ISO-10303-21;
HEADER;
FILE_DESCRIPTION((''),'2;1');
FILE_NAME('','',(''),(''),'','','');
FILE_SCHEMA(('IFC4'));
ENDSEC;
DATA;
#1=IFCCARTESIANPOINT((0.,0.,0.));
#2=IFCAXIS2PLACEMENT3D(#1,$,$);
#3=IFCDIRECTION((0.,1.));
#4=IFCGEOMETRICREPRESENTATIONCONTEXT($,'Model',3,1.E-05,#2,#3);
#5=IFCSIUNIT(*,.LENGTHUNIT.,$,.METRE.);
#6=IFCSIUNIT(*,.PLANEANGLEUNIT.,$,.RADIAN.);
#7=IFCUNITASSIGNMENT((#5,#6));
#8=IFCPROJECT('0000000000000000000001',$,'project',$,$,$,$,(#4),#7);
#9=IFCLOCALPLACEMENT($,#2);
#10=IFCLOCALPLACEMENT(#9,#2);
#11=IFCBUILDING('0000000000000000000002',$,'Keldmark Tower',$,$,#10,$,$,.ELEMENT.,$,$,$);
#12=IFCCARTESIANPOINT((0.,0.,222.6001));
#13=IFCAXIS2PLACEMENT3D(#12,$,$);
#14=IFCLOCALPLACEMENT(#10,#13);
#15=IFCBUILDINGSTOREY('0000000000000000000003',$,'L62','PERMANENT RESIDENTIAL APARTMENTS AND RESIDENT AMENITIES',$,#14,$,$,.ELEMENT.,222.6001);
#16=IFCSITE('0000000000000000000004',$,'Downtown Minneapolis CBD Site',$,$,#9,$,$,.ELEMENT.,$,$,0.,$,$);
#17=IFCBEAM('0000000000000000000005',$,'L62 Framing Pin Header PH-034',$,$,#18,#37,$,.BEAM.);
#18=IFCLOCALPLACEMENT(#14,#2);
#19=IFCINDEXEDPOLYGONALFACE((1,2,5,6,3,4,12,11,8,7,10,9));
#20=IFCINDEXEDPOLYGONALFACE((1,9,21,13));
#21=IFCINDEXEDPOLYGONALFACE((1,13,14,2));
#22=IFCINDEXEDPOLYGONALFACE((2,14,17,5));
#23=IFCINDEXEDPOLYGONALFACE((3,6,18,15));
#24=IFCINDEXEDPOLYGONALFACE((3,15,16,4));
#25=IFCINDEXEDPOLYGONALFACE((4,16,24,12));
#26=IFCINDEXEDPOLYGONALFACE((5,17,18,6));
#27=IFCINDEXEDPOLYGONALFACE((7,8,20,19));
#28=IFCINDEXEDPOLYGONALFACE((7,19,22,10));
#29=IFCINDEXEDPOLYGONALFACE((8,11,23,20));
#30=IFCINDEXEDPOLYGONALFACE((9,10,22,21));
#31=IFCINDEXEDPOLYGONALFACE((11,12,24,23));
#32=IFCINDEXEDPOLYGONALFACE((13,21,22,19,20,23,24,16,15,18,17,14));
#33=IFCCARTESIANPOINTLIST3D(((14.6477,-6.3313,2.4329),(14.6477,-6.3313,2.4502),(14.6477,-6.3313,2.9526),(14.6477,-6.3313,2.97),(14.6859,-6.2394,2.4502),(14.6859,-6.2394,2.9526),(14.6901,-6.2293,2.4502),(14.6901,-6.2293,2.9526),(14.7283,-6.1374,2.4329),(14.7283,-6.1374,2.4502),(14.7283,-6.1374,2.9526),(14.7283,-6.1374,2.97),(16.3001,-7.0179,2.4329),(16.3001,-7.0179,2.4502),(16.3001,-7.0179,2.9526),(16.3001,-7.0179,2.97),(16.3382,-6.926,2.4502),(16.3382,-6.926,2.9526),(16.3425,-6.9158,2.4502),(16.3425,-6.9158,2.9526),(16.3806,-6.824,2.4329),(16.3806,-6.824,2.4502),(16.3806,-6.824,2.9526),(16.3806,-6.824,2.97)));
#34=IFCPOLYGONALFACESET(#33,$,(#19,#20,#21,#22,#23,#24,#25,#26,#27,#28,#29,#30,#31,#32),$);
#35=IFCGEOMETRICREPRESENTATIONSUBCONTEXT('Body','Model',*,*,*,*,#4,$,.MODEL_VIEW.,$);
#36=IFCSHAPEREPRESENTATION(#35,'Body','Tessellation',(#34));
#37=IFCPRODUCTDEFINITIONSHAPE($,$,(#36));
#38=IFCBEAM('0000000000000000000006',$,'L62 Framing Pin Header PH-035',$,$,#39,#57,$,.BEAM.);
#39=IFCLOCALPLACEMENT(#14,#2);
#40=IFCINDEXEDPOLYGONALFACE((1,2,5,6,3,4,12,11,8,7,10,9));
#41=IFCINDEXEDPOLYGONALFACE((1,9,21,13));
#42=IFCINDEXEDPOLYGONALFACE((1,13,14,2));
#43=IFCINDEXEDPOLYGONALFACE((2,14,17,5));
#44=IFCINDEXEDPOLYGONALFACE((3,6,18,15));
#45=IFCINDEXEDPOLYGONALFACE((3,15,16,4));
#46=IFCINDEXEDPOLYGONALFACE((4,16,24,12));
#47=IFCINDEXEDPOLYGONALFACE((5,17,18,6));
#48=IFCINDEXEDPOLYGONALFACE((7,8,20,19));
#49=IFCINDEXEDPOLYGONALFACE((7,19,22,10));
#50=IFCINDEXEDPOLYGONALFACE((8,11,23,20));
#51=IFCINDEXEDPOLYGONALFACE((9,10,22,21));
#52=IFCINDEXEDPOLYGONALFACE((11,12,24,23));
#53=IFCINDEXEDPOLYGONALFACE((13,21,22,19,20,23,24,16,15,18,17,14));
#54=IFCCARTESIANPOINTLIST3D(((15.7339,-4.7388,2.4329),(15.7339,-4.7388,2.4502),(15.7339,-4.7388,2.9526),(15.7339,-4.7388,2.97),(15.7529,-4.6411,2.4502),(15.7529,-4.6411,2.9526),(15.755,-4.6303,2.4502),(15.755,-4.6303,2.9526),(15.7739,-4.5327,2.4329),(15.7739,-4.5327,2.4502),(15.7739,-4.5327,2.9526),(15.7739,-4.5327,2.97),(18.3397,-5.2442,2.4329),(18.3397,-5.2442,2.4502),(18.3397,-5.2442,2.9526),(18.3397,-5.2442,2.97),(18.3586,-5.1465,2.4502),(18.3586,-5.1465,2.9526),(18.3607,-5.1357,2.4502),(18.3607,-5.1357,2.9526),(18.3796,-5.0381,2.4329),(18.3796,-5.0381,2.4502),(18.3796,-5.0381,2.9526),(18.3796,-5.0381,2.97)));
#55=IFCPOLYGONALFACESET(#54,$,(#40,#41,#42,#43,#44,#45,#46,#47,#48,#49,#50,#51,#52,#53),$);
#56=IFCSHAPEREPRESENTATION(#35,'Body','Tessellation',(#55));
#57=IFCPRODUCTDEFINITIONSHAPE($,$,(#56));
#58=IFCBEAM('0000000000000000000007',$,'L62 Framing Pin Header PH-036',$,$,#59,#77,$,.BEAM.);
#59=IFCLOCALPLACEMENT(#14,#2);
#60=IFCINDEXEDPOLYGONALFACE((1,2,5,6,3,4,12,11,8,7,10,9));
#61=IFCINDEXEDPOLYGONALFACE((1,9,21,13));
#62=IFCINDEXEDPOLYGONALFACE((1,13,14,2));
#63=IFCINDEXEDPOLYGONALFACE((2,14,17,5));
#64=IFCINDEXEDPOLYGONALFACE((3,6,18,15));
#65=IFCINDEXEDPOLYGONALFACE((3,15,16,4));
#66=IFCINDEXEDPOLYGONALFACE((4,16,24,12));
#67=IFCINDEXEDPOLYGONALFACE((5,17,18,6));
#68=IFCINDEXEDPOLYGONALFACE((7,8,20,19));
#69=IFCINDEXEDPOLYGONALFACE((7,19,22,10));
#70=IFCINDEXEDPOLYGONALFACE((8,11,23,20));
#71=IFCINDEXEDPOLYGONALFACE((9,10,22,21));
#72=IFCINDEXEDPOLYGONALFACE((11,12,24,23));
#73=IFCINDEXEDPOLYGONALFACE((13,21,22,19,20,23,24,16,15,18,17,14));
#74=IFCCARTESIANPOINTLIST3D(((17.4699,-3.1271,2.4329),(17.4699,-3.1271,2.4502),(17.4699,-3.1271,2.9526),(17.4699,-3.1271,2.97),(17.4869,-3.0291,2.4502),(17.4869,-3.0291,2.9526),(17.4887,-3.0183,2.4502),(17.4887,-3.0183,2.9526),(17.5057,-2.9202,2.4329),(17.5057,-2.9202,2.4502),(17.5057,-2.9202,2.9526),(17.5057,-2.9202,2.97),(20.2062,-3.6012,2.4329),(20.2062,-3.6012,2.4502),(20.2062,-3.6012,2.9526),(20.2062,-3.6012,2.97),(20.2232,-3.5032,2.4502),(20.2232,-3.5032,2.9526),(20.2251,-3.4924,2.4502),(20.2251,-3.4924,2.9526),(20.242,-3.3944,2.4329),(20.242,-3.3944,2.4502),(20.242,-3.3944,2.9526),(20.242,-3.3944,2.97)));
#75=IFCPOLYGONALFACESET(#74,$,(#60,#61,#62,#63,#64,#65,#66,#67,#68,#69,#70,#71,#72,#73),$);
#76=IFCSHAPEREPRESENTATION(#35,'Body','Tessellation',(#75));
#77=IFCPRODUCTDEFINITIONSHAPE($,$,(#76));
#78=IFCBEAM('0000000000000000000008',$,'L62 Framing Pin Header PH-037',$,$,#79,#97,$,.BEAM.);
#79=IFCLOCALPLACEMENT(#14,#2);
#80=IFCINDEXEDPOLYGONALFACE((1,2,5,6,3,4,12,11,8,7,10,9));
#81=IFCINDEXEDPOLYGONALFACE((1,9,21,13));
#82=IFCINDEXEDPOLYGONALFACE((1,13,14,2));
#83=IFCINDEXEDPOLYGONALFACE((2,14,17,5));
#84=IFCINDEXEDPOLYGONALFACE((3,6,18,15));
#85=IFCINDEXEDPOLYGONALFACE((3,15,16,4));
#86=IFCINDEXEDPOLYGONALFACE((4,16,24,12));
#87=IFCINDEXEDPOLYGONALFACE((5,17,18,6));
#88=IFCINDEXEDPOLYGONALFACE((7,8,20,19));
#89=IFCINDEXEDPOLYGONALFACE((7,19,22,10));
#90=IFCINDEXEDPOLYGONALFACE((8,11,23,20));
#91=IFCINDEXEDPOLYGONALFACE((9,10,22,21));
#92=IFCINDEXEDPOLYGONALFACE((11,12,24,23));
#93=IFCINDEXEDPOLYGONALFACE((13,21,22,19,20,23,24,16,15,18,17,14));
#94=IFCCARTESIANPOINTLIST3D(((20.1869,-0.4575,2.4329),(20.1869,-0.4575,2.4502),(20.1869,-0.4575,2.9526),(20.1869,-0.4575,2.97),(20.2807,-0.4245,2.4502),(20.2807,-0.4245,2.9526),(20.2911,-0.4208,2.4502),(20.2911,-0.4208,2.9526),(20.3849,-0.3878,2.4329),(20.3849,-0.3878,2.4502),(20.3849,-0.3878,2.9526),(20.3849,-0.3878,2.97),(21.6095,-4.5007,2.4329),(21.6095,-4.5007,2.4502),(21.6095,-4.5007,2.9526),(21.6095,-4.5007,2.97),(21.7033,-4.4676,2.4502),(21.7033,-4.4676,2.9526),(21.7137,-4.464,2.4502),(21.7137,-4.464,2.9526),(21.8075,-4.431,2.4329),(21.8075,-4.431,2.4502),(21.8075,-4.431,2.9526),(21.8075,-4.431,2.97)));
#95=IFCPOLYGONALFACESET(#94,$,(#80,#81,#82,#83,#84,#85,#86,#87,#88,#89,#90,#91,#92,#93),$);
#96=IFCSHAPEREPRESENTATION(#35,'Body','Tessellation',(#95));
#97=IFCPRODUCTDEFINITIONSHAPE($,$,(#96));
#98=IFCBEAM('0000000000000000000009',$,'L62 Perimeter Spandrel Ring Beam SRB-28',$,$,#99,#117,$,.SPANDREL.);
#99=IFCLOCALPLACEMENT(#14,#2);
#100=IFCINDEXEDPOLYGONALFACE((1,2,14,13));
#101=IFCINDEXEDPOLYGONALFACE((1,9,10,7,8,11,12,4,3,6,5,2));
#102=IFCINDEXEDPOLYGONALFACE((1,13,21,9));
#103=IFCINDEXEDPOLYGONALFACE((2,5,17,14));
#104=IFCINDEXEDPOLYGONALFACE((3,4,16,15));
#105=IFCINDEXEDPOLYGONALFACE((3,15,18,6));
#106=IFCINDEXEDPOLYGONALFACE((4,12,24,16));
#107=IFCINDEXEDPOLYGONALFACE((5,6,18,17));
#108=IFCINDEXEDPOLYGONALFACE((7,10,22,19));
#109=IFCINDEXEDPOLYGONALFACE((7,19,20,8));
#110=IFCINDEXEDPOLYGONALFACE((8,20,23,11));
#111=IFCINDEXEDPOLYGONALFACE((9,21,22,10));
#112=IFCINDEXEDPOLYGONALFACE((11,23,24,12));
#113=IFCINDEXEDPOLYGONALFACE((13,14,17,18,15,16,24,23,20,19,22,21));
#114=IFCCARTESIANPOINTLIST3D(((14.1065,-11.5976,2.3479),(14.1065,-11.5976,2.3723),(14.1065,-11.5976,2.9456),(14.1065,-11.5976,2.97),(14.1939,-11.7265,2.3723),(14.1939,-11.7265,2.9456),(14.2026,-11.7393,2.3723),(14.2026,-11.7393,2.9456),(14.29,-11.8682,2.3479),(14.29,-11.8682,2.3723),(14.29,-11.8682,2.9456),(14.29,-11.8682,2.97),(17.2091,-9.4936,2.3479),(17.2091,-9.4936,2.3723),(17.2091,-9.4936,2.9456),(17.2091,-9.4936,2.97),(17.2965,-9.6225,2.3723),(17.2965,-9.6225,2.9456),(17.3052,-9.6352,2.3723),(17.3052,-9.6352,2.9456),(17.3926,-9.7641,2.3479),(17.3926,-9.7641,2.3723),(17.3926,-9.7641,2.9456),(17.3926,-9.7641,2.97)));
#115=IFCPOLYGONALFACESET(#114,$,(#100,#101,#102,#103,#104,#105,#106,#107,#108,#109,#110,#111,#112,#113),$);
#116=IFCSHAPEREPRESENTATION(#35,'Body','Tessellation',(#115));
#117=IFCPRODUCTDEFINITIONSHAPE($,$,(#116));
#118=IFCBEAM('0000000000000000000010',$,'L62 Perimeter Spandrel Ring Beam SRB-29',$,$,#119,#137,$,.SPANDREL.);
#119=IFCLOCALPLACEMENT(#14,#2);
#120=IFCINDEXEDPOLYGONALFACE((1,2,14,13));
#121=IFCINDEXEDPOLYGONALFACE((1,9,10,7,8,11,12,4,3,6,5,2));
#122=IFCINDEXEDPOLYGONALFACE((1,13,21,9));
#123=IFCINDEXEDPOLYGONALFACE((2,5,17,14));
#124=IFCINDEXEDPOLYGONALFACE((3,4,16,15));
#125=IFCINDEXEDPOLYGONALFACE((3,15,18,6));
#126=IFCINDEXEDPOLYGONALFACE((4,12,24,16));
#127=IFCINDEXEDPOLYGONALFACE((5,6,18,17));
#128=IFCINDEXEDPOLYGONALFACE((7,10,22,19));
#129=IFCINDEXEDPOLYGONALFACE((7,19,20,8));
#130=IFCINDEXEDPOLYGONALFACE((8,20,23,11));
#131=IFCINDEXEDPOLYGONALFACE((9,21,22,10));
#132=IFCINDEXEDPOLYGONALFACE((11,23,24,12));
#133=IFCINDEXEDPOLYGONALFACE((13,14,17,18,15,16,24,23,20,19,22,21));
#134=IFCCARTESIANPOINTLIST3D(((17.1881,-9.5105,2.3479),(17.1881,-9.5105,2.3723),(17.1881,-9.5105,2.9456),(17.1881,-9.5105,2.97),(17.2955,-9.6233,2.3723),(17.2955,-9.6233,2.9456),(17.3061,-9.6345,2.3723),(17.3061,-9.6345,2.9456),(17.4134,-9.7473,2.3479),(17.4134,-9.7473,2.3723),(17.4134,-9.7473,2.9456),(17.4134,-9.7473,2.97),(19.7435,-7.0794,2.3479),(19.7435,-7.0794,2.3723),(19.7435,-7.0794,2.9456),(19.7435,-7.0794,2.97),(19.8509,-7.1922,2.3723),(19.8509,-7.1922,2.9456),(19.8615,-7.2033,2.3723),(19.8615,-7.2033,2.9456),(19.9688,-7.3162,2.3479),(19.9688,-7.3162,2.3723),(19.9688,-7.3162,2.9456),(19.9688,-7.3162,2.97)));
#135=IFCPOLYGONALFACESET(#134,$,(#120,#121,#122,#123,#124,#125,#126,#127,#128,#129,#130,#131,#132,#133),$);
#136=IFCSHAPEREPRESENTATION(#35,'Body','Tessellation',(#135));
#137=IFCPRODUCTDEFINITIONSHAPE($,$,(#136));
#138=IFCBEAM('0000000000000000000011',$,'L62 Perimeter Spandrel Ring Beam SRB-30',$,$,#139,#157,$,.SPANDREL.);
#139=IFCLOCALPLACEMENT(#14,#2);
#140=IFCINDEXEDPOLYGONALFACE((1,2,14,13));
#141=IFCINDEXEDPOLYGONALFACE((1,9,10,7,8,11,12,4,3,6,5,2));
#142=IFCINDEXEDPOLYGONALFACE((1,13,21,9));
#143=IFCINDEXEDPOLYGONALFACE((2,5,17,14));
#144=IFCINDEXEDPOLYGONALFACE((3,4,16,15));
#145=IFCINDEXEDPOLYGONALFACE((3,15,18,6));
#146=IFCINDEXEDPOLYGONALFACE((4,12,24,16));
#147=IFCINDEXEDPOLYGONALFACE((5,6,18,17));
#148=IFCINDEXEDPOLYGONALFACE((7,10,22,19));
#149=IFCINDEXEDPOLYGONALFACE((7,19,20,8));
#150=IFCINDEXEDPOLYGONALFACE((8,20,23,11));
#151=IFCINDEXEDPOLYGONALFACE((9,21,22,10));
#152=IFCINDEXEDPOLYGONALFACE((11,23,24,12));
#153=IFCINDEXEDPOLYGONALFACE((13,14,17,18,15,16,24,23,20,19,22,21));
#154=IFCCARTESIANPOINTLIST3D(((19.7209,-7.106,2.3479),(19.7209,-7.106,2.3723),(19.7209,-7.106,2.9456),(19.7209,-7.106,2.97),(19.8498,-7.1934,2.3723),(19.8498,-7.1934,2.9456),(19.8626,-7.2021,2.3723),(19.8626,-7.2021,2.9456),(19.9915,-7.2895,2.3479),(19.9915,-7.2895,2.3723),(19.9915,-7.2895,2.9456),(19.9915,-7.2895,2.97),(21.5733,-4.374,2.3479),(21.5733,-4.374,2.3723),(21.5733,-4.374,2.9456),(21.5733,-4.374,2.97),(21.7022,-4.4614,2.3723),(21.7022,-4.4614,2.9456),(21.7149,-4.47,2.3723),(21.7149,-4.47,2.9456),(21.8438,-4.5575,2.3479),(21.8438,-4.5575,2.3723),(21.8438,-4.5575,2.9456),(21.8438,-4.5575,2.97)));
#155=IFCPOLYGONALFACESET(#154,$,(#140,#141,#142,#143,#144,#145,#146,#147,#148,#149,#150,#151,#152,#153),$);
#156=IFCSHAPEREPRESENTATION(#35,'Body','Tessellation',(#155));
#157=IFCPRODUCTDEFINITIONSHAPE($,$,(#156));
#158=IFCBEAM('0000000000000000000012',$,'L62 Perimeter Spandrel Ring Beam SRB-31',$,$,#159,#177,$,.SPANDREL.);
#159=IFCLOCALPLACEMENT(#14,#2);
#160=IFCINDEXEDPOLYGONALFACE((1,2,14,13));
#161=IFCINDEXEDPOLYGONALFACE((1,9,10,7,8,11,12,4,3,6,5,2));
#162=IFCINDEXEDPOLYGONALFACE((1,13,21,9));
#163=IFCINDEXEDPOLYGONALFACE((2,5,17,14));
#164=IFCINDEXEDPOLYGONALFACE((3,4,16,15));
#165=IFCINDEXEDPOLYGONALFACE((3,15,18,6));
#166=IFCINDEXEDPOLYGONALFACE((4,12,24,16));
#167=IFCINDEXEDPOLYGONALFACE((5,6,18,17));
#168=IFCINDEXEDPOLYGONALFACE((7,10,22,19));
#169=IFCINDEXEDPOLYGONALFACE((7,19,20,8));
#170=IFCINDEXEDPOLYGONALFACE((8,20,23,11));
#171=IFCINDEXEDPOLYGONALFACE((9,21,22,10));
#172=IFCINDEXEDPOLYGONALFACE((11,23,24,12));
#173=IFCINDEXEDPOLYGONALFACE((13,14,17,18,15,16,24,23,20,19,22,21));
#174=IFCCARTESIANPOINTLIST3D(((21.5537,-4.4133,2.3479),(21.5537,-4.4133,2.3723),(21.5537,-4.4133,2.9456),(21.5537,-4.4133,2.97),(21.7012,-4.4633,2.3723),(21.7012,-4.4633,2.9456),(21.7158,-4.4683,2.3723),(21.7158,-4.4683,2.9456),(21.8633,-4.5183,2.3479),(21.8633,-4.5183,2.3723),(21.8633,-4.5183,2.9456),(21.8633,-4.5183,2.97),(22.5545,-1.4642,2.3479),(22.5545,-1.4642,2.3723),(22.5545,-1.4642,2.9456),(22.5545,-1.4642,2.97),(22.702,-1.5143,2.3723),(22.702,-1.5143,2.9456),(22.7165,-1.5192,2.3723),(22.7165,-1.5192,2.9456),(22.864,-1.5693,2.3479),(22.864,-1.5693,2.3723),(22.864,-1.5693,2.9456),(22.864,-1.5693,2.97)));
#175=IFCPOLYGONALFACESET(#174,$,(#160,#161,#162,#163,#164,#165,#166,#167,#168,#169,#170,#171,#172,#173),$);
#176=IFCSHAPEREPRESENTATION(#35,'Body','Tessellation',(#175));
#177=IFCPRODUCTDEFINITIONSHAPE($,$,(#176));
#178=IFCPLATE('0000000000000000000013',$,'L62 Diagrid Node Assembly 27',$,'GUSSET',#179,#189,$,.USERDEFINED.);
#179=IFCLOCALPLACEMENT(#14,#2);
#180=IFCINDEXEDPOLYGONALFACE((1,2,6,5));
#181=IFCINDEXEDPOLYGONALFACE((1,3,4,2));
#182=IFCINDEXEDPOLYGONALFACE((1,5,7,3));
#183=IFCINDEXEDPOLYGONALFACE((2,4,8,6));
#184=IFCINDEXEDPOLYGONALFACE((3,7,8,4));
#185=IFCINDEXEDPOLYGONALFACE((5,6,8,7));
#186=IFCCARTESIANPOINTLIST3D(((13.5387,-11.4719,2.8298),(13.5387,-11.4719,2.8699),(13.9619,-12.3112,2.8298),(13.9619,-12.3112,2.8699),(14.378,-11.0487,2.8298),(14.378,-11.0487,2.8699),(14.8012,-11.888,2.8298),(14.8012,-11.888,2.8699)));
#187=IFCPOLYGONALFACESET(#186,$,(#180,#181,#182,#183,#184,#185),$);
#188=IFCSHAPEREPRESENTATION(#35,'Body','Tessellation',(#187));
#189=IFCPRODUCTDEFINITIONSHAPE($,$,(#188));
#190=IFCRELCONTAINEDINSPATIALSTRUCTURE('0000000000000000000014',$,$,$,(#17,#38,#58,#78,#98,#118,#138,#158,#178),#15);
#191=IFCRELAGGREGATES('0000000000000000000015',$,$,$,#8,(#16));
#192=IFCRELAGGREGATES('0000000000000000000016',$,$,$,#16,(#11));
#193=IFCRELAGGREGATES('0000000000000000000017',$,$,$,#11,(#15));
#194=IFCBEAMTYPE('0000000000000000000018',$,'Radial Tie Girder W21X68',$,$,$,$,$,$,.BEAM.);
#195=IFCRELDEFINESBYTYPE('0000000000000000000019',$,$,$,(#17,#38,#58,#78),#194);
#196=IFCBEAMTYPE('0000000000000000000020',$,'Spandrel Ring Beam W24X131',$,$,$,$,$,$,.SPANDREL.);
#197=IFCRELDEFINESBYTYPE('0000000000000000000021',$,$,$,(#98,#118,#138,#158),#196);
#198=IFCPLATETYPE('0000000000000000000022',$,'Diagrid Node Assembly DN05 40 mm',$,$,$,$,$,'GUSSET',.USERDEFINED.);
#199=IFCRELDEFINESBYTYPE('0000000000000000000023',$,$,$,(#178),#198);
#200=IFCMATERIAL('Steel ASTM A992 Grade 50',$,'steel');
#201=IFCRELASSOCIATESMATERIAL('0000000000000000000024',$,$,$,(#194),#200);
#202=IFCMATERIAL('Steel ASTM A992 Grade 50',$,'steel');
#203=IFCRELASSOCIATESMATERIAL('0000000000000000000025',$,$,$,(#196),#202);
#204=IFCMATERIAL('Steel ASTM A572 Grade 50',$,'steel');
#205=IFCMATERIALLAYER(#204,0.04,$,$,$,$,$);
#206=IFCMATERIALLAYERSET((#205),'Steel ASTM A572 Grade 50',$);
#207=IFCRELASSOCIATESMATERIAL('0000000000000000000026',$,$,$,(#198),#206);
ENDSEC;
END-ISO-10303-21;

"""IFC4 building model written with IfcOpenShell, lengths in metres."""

from ifc_helpers import new_model, si_unit, direction, frame, origin, origin_2d, place, context, subcontext, project, spatial, rectangle, i_section, extrude, material, layer, layer_set, material_profile, profile_set, type_object, element, save


model = new_model("IFC4")

# Units and contexts
model_context = context("Model", 3, precision=1e-05, world=origin(), true_north=direction((0.0, 1.0)))
body_context = subcontext(model_context, "Body", "Model", "MODEL_VIEW")
ifc_project = project(units=[si_unit("LENGTHUNIT", "METRE"), si_unit("PLANEANGLEUNIT", "RADIAN")], contexts=[model_context])

# Site, building, storey
site_placement = place(None, origin())
site = spatial("IfcSite", under=ifc_project, at=site_placement, Name="Downtown Minneapolis CBD Site", CompositionType="ELEMENT", RefElevation=0.0)
building_placement = place(site_placement, origin())
building = spatial("IfcBuilding", under=site, at=building_placement, Name="Keldmark Tower", CompositionType="ELEMENT")
storey_placement = place(building_placement, frame((0.0, 0.0, 222.6001)))
storey = spatial("IfcBuildingStorey", under=building, at=storey_placement, Name="L62", Description="PERMANENT RESIDENTIAL APARTMENTS AND RESIDENT AMENITIES", CompositionType="ELEMENT", Elevation=222.6001)

# Beams
ifc_material_1 = material(Name="Steel ASTM A992 Grade 50", Category="steel")
ifc_material_profile_1 = material_profile(ifc_material_1, i_section(OverallWidth=0.21, OverallDepth=0.5371, WebThickness=0.011, FlangeThickness=0.0173, at=origin_2d()), Name="W21X68")
ifc_profile_set_1 = profile_set([ifc_material_profile_1], Name="Steel ASTM A992 Grade 50")
beam_type_1 = type_object("IfcBeamType", Name="Radial Tie Girder W21X68", PredefinedType="BEAM", material=ifc_profile_set_1)
beam_1_placement = place(storey_placement, frame((14.688, -6.2344, 2.7014), z_axis=(0.923464, -0.383685, 0.0), x_axis=(0.383685, 0.923464, 0.0)))
element("IfcBeam", 1, at=beam_1_placement, inside=storey, type_object=beam_type_1, Name="L62 Framing Pin Header PH-034", PredefinedType="BEAM", context=body_context, shape_type="SweptSolid", body=[
    extrude(i_section(OverallWidth=0.21, OverallDepth=0.5371, WebThickness=0.011, FlangeThickness=0.0173, at=origin_2d()), origin(), (0.0, 0.0, 1.0), 1.7893),
])
beam_2_placement = place(storey_placement, frame((15.7539, -4.6357, 2.7014), z_axis=(0.981707, -0.190399, 0.0), x_axis=(0.190399, 0.981707, 0.0)))
element("IfcBeam", 2, at=beam_2_placement, inside=storey, type_object=beam_type_1, Name="L62 Framing Pin Header PH-035", PredefinedType="BEAM", context=body_context, shape_type="SweptSolid", body=[
    extrude(i_section(OverallWidth=0.21, OverallDepth=0.5371, WebThickness=0.011, FlangeThickness=0.0173, at=origin_2d()), origin(), (0.0, 0.0, 1.0), 2.6543),
])
beam_3_placement = place(storey_placement, frame((17.4878, -3.0237, 2.7014), z_axis=(0.985319, -0.170725, 0.0), x_axis=(0.170725, 0.985319, 0.0)))
element("IfcBeam", 3, at=beam_3_placement, inside=storey, type_object=beam_type_1, Name="L62 Framing Pin Header PH-036", PredefinedType="BEAM", context=body_context, shape_type="SweptSolid", body=[
    extrude(i_section(OverallWidth=0.21, OverallDepth=0.5371, WebThickness=0.011, FlangeThickness=0.0173, at=origin_2d()), origin(), (0.0, 0.0, 1.0), 2.7771),
])
beam_4_placement = place(storey_placement, frame((21.7085, -4.4658, 2.7014), z_axis=(-0.331905, 0.943313, 0.0), x_axis=(-0.943313, -0.331905, 0.0)))
element("IfcBeam", 4, at=beam_4_placement, inside=storey, type_object=beam_type_1, Name="L62 Framing Pin Header PH-037", PredefinedType="BEAM", context=body_context, shape_type="SweptSolid", body=[
    extrude(i_section(OverallWidth=0.21, OverallDepth=0.5371, WebThickness=0.011, FlangeThickness=0.0173, at=origin_2d()), origin(), (0.0, 0.0, 1.0), 4.2861),
])
ifc_material_2 = material(Name="Steel ASTM A992 Grade 50", Category="steel")
ifc_material_profile_2 = material_profile(ifc_material_2, i_section(OverallWidth=0.3269, OverallDepth=0.6221, WebThickness=0.0154, FlangeThickness=0.0244, at=origin_2d()), Name="W24X131")
ifc_profile_set_2 = profile_set([ifc_material_profile_2], Name="Steel ASTM A992 Grade 50")
beam_type_2 = type_object("IfcBeamType", Name="Spandrel Ring Beam W24X131", PredefinedType="SPANDREL", material=ifc_profile_set_2)
beam_5_placement = place(storey_placement, frame((14.1982, -11.7329, 2.6589), z_axis=(0.827636, 0.561266, 0.0), x_axis=(-0.561266, 0.827636, 0.0)))
element("IfcBeam", 5, at=beam_5_placement, inside=storey, type_object=beam_type_2, Name="L62 Perimeter Spandrel Ring Beam SRB-28", PredefinedType="SPANDREL", context=body_context, shape_type="SweptSolid", body=[
    extrude(i_section(OverallWidth=0.3269, OverallDepth=0.6221, WebThickness=0.0154, FlangeThickness=0.0244, at=origin_2d()), origin(), (0.0, 0.0, 1.0), 3.7488),
])
beam_6_placement = place(storey_placement, frame((17.3008, -9.6289, 2.6589), z_axis=(0.724503, 0.689271, 0.0), x_axis=(-0.689271, 0.724503, 0.0)))
element("IfcBeam", 6, at=beam_6_placement, inside=storey, type_object=beam_type_2, Name="L62 Perimeter Spandrel Ring Beam SRB-29", PredefinedType="SPANDREL", context=body_context, shape_type="SweptSolid", body=[
    extrude(i_section(OverallWidth=0.3269, OverallDepth=0.6221, WebThickness=0.0154, FlangeThickness=0.0244, at=origin_2d()), origin(), (0.0, 0.0, 1.0), 3.5271),
])
beam_7_placement = place(storey_placement, frame((19.8562, -7.1978, 2.6589), z_axis=(0.561187, 0.827689, 0.0), x_axis=(-0.827689, 0.561187, 0.0)))
element("IfcBeam", 7, at=beam_7_placement, inside=storey, type_object=beam_type_2, Name="L62 Perimeter Spandrel Ring Beam SRB-30", PredefinedType="SPANDREL", context=body_context, shape_type="SweptSolid", body=[
    extrude(i_section(OverallWidth=0.3269, OverallDepth=0.6221, WebThickness=0.0154, FlangeThickness=0.0244, at=origin_2d()), origin(), (0.0, 0.0, 1.0), 3.3008),
])
beam_8_placement = place(storey_placement, frame((21.7085, -4.4658, 2.6589), z_axis=(0.32135, 0.94696, 0.0), x_axis=(-0.94696, 0.32135, 0.0)))
element("IfcBeam", 8, at=beam_8_placement, inside=storey, type_object=beam_type_2, Name="L62 Perimeter Spandrel Ring Beam SRB-31", PredefinedType="SPANDREL", context=body_context, shape_type="SweptSolid", body=[
    extrude(i_section(OverallWidth=0.3269, OverallDepth=0.6221, WebThickness=0.0154, FlangeThickness=0.0244, at=origin_2d()), origin(), (0.0, 0.0, 1.0), 3.1143),
])

# Plate
ifc_material_3 = material(Name="Steel ASTM A572 Grade 50", Category="steel")
ifc_layer_1 = layer(ifc_material_3, 0.04)
ifc_layer_set_1 = layer_set([ifc_layer_1], Name="Steel ASTM A572 Grade 50")
plate_type = type_object("IfcPlateType", Name="Diagrid Node Assembly DN05 40 mm", ElementType="GUSSET", PredefinedType="USERDEFINED", material=ifc_layer_set_1)
for number, where, z_axis, x_axis, name in (
    (9, (14.1699, -11.6799, 2.8298), (0.0, 0.0, 1.0), (0.8929, 0.450254, 0.0), "L62 Diagrid Node Assembly 27"),
):
    element("IfcPlate", number, at=place(storey_placement, frame(where, z_axis=z_axis, x_axis=x_axis)), inside=storey, type_object=plate_type, Name=name, ObjectType="GUSSET", PredefinedType="USERDEFINED", context=body_context, shape_type="SweptSolid", body=[
        extrude(rectangle(XDim=0.9399, YDim=0.9399, at=origin_2d()), origin(), (0.0, 0.0, 1.0), 0.04),
    ])

save(model, "model.ifc")
